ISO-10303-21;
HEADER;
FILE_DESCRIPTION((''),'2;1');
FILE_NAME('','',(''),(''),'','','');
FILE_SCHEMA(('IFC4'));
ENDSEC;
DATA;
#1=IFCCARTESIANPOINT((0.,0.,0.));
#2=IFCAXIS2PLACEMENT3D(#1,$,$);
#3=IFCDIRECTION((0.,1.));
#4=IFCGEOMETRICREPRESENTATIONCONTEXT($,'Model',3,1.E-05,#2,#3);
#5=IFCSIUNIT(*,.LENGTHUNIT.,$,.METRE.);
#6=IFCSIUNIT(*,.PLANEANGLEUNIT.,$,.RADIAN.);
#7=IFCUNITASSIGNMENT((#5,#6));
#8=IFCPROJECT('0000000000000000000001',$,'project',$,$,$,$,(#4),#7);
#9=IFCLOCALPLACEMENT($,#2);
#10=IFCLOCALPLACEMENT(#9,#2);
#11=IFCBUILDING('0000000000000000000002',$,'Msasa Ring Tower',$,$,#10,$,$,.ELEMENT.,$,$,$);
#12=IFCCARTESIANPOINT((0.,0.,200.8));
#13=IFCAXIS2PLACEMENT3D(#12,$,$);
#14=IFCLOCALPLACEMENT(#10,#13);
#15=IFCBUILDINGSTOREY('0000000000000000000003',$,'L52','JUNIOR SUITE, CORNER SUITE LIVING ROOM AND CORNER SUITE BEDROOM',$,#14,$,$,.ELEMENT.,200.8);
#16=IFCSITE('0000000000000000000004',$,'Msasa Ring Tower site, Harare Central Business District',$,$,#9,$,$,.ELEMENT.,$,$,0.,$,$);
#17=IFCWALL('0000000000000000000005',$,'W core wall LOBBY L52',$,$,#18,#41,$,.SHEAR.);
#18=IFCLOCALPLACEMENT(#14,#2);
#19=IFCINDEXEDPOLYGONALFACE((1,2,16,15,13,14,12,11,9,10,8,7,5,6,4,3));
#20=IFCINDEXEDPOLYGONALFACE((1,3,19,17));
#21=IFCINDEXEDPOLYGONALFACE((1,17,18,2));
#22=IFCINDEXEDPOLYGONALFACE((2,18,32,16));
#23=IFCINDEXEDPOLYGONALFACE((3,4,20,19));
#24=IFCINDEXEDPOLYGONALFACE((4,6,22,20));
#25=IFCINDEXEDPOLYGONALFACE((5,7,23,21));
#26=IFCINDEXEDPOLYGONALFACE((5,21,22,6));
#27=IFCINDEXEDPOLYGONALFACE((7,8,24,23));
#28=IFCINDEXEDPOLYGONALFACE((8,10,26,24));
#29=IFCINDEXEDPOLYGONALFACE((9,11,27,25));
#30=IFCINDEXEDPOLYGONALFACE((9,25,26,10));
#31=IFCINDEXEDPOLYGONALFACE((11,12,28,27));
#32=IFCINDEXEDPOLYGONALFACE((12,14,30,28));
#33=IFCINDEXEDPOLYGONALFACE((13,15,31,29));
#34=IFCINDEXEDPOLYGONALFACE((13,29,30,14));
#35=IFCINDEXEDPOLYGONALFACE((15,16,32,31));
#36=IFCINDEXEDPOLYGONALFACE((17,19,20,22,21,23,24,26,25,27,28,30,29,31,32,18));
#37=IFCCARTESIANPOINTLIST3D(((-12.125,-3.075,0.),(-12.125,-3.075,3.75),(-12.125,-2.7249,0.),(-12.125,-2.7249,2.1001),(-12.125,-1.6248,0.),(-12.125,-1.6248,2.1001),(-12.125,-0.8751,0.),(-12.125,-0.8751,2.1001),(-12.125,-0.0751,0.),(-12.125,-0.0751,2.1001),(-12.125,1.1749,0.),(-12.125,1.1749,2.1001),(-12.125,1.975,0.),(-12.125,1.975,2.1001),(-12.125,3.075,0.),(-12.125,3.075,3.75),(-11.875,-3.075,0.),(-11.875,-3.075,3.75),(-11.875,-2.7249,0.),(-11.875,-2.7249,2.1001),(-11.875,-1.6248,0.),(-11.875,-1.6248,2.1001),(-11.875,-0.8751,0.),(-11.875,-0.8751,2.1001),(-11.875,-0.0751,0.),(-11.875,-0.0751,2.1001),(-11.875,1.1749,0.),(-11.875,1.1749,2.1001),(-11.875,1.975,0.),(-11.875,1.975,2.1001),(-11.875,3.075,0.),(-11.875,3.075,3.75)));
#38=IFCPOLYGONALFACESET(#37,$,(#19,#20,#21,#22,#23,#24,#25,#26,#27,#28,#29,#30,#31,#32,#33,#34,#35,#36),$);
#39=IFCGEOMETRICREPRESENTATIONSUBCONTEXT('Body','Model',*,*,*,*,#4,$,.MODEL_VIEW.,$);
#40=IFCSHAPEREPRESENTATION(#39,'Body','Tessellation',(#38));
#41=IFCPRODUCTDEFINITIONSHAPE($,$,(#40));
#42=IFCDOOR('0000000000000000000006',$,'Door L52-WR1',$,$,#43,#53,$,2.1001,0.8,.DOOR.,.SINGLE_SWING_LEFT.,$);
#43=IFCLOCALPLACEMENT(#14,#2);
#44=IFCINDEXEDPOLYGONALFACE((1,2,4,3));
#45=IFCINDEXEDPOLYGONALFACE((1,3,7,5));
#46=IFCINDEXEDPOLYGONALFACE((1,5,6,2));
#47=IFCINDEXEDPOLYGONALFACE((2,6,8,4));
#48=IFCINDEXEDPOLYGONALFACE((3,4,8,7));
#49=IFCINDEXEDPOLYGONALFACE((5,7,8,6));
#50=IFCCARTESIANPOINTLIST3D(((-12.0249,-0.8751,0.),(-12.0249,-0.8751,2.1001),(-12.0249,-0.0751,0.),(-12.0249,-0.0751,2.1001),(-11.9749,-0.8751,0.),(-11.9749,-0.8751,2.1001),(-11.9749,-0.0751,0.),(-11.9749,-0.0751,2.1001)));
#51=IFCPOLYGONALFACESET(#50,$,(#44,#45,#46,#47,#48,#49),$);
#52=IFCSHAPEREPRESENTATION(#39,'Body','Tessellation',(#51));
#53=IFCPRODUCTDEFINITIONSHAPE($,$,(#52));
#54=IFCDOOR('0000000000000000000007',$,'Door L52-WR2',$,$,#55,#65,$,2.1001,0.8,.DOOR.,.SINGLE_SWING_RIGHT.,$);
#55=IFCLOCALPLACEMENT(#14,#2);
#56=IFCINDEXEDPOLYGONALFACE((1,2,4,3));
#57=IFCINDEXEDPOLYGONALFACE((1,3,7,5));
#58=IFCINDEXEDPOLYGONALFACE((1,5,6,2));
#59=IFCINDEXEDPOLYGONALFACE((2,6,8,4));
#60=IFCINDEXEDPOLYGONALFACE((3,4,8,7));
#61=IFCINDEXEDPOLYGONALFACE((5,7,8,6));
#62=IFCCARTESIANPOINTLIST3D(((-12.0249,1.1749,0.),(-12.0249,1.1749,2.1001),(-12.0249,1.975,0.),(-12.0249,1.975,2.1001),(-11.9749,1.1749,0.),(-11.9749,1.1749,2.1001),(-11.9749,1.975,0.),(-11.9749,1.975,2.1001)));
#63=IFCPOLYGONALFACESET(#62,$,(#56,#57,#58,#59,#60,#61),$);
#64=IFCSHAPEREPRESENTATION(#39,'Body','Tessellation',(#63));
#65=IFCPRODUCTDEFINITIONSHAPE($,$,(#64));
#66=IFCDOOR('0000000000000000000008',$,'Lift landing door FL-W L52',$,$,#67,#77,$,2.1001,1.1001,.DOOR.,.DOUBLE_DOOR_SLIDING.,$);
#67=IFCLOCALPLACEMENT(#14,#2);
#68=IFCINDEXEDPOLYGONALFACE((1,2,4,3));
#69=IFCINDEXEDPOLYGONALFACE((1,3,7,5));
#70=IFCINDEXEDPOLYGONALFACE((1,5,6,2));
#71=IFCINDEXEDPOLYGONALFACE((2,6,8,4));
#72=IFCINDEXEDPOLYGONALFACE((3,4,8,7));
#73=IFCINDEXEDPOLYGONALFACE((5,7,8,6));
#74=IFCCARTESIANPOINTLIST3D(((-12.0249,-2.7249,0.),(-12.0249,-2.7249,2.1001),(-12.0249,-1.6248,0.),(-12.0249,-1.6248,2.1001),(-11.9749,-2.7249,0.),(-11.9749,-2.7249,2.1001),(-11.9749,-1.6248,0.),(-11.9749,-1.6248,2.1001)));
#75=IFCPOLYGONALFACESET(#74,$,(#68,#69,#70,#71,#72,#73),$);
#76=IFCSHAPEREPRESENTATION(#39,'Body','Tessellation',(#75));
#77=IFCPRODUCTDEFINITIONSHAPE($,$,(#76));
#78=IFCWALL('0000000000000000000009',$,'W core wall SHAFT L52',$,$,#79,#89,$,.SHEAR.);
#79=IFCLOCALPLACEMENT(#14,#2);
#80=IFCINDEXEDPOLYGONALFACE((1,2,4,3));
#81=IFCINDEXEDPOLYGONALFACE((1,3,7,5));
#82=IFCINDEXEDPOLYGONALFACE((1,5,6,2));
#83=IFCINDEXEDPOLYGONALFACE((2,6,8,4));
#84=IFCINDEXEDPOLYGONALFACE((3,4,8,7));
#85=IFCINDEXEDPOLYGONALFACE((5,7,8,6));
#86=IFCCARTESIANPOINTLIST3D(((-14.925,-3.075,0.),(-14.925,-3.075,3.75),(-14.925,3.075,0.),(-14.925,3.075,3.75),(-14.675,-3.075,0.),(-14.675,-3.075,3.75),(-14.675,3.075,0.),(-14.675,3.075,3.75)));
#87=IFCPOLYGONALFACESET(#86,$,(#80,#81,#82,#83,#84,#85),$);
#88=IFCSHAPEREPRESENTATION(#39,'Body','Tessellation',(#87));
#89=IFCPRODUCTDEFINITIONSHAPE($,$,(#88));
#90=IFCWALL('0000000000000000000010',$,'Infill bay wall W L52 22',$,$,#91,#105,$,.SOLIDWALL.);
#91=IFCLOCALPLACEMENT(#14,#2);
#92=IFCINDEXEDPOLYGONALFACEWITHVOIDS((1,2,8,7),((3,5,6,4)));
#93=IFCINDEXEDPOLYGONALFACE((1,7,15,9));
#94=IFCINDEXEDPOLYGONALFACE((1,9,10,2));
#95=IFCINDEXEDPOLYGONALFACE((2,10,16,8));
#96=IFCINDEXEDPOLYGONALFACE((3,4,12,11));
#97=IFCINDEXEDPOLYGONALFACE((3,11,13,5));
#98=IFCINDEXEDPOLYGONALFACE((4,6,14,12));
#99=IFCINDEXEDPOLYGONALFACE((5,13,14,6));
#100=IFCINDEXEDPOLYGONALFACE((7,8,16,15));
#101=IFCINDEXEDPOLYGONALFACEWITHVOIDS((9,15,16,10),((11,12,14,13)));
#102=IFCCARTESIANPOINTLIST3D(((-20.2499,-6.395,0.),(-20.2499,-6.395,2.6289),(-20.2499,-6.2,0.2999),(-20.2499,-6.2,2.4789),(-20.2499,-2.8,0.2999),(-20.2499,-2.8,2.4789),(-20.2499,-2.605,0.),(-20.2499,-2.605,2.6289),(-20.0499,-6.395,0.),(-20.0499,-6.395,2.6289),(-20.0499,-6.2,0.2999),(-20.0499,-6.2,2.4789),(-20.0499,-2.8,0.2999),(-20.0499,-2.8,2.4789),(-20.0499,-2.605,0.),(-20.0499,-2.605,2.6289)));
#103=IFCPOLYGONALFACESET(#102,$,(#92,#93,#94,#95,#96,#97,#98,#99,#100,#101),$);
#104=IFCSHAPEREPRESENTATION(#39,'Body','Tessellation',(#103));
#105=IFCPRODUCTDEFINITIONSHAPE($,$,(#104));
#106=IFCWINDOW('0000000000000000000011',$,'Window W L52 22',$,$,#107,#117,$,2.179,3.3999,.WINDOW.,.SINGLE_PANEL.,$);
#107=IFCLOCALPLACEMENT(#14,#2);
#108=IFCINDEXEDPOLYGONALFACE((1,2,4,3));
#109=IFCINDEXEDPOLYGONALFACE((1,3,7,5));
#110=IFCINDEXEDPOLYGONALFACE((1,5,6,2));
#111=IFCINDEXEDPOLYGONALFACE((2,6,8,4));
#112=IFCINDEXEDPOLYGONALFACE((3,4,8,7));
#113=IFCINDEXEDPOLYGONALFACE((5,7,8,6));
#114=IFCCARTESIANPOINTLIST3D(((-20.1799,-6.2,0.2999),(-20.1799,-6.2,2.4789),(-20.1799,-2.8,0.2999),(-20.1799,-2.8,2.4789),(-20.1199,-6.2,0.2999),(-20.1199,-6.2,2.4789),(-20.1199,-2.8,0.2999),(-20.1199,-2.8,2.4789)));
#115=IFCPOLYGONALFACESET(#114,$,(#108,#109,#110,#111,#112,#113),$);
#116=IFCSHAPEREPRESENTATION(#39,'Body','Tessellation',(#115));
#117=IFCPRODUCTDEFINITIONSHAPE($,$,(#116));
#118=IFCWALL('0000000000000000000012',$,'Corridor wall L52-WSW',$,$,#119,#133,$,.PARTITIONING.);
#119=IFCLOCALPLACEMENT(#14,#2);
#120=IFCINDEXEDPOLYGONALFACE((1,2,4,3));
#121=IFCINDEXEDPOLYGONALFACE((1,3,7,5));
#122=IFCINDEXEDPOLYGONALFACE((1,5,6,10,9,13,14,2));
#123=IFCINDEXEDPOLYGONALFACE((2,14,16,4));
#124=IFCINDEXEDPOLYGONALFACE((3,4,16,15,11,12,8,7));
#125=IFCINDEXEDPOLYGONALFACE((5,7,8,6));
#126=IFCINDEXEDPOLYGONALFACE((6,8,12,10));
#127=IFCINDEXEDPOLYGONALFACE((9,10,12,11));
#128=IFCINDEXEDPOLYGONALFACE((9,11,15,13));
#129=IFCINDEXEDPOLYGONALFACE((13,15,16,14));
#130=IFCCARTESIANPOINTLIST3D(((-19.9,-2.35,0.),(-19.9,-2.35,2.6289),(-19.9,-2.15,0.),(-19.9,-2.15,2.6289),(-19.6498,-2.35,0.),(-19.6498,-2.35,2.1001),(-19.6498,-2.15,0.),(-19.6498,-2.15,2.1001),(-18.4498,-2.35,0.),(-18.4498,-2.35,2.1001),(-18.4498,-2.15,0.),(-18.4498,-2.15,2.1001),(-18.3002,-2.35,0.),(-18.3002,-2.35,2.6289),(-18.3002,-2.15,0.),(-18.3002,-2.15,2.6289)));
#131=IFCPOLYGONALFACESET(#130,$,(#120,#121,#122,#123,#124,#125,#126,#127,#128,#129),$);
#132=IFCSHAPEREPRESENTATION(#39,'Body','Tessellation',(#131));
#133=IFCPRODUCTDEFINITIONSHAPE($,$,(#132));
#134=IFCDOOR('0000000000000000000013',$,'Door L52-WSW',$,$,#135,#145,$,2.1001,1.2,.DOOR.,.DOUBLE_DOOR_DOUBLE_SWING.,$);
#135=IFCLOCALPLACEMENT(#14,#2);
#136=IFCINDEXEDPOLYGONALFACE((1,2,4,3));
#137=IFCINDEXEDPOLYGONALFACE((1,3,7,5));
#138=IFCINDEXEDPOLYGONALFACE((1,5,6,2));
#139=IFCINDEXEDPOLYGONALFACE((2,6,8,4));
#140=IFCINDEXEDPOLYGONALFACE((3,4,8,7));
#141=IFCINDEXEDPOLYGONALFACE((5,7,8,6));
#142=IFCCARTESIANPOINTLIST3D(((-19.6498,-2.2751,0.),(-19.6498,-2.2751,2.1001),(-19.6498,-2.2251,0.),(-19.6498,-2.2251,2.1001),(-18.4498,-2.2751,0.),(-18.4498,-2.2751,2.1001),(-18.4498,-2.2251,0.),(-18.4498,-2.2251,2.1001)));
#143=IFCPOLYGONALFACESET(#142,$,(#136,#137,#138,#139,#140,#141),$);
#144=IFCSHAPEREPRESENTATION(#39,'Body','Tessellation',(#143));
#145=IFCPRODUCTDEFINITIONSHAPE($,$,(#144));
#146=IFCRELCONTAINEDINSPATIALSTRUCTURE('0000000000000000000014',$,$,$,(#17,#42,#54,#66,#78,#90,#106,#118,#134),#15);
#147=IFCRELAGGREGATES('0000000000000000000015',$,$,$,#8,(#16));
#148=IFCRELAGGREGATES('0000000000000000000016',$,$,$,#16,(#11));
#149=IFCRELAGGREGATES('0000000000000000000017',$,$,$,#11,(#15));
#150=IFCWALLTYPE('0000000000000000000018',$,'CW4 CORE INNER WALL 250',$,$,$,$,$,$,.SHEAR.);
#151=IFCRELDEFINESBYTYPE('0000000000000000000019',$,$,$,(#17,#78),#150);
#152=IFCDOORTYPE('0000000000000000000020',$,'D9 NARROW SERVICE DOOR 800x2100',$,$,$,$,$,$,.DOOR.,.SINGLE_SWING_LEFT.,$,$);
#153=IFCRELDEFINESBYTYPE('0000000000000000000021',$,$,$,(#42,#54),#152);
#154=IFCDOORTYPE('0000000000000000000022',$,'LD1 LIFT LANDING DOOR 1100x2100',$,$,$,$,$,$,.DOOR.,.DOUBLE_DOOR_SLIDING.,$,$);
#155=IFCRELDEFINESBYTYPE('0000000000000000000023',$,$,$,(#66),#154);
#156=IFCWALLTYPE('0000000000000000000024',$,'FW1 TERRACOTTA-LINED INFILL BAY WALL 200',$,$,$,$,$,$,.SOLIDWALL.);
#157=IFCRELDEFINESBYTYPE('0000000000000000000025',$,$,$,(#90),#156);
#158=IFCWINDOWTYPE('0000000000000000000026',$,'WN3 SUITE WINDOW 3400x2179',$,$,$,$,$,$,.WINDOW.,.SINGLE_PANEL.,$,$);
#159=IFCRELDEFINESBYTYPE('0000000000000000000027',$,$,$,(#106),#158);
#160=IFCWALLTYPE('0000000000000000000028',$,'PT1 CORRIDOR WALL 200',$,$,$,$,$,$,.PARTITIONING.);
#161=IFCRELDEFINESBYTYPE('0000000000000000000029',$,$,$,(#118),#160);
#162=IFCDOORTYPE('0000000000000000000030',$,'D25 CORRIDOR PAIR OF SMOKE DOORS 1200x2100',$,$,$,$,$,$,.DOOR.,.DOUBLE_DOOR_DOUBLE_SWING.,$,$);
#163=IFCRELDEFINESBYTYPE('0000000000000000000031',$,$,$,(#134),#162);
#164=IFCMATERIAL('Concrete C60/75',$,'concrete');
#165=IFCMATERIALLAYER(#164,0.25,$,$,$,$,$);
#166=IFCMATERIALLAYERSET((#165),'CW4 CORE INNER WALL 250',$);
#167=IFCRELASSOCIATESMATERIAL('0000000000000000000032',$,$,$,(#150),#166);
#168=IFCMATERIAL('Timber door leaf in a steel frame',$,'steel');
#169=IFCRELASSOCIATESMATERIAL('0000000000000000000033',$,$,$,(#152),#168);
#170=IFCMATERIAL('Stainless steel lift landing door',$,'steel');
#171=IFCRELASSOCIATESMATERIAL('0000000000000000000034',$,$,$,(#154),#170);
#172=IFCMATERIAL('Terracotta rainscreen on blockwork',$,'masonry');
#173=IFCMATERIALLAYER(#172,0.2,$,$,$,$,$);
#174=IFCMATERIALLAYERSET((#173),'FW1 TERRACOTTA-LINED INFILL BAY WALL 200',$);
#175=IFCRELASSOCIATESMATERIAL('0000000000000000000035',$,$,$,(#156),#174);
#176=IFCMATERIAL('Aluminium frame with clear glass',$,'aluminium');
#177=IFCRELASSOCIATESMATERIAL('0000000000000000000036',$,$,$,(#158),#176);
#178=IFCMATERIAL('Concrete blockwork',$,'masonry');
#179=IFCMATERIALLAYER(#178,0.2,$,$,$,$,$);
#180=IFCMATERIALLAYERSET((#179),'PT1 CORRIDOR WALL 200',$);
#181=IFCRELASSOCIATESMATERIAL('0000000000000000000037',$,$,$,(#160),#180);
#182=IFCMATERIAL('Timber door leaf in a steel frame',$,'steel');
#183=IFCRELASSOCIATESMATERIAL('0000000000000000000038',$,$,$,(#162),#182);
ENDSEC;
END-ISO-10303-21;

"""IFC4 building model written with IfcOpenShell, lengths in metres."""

from ifc_helpers import new_model, si_unit, direction, frame, frame_2d, origin, place, context, subcontext, project, spatial, rectangle, extrude, material, layer, layer_set, type_object, element, fill, save


model = new_model("IFC4")

# Units and contexts
model_context = context("Model", 3, precision=1e-05, world=origin(), true_north=direction((0.0, 1.0)))
body_context = subcontext(model_context, "Body", "Model", "MODEL_VIEW")
ifc_project = project(units=[si_unit("LENGTHUNIT", "METRE"), si_unit("PLANEANGLEUNIT", "RADIAN")], contexts=[model_context])

# Site, building, storey
site_placement = place(None, origin())
site = spatial("IfcSite", under=ifc_project, at=site_placement, Name="Msasa Ring Tower site, Harare Central Business District", CompositionType="ELEMENT", RefElevation=0.0)
building_placement = place(site_placement, origin())
building = spatial("IfcBuilding", under=site, at=building_placement, Name="Msasa Ring Tower", CompositionType="ELEMENT")
storey_placement = place(building_placement, frame((0.0, 0.0, 200.8)))
storey = spatial("IfcBuildingStorey", under=building, at=storey_placement, Name="L52", Description="JUNIOR SUITE, CORNER SUITE LIVING ROOM AND CORNER SUITE BEDROOM", CompositionType="ELEMENT", Elevation=200.8)

# Shared definitions
ifc_material_1 = material(Name="Concrete C60/75", Category="concrete")
ifc_layer_1 = layer(ifc_material_1, 0.25)
ifc_layer_set_1 = layer_set([ifc_layer_1], Name="CW4 CORE INNER WALL 250")
wall_type_1 = type_object("IfcWallType", Name="CW4 CORE INNER WALL 250", PredefinedType="SHEAR", material=ifc_layer_set_1)

# Wall, openings, doors
wall_1_placement = place(storey_placement, frame((-12.0, -3.075, 0.0), z_axis=(0.0, 0.0, 1.0), x_axis=(0.0, 1.0, 0.0)))
wall_1 = element("IfcWall", 1, at=wall_1_placement, inside=storey, type_object=wall_type_1, Name="W core wall LOBBY L52", PredefinedType="SHEAR", context=body_context, shape_type="SweptSolid", body=[
    extrude(rectangle(XDim=6.1499, YDim=0.25, at=frame_2d((3.075, 0.0))), origin(), (0.0, 0.0, 1.0), 3.75),
])
opening_1_placement = place(wall_1_placement, frame((2.2, 0.0, 0.0)))
opening_1 = element("IfcOpeningElement", 2, at=opening_1_placement, cuts=wall_1, PredefinedType="OPENING", context=body_context, shape_type="SweptSolid", body=[
    extrude(rectangle(XDim=0.8, YDim=2.1001, at=frame_2d((0.3999, 1.05))), frame((0.0, 0.135, 0.0), z_axis=(0.0, -1.0, 0.0), x_axis=(1.0, 0.0, 0.0)), (0.0, 0.0, 1.0), 0.27),
])
opening_2_placement = place(wall_1_placement, frame((4.25, 0.0, 0.0)))
opening_2 = element("IfcOpeningElement", 3, at=opening_2_placement, cuts=wall_1, PredefinedType="OPENING", context=body_context, shape_type="SweptSolid", body=[
    extrude(rectangle(XDim=0.8, YDim=2.1001, at=frame_2d((0.3999, 1.05))), frame((0.0, 0.135, 0.0), z_axis=(0.0, -1.0, 0.0), x_axis=(1.0, 0.0, 0.0)), (0.0, 0.0, 1.0), 0.27),
])
opening_3_placement = place(wall_1_placement, frame((0.3501, 0.0, 0.0)))
opening_3 = element("IfcOpeningElement", 4, at=opening_3_placement, cuts=wall_1, PredefinedType="OPENING", context=body_context, shape_type="SweptSolid", body=[
    extrude(rectangle(XDim=1.1001, YDim=2.1001, at=frame_2d((0.55, 1.05))), frame((0.0, 0.135, 0.0), z_axis=(0.0, -1.0, 0.0), x_axis=(1.0, 0.0, 0.0)), (0.0, 0.0, 1.0), 0.27),
])
ifc_material_2 = material(Name="Timber door leaf in a steel frame", Category="steel")
door_type_1 = type_object("IfcDoorType", Name="D9 NARROW SERVICE DOOR 800x2100", OperationType="SINGLE_SWING_LEFT", PredefinedType="DOOR", material=ifc_material_2)
door_1_placement = place(opening_1_placement, origin())
door_1 = element("IfcDoor", 5, at=door_1_placement, inside=storey, type_object=door_type_1, Name="Door L52-WR1", OperationType="SINGLE_SWING_LEFT", OverallHeight=2.1001, OverallWidth=0.8, PredefinedType="DOOR", context=body_context, shape_type="SweptSolid", body=[
    extrude(rectangle(XDim=0.8, YDim=2.1001, at=frame_2d((0.3999, 1.05))), frame((0.0, 0.0249, 0.0), z_axis=(0.0, -1.0, 0.0), x_axis=(1.0, 0.0, 0.0)), (0.0, 0.0, 1.0), 0.05),
])
fill(opening_1, door_1)
door_2_placement = place(opening_2_placement, origin())
door_2 = element("IfcDoor", 6, at=door_2_placement, inside=storey, type_object=door_type_1, Name="Door L52-WR2", OperationType="SINGLE_SWING_RIGHT", OverallHeight=2.1001, OverallWidth=0.8, PredefinedType="DOOR", context=body_context, shape_type="SweptSolid", body=[
    extrude(rectangle(XDim=0.8, YDim=2.1001, at=frame_2d((0.3999, 1.05))), frame((0.0, 0.0249, 0.0), z_axis=(0.0, -1.0, 0.0), x_axis=(1.0, 0.0, 0.0)), (0.0, 0.0, 1.0), 0.05),
])
fill(opening_2, door_2)
ifc_material_3 = material(Name="Stainless steel lift landing door", Category="steel")
door_type_2 = type_object("IfcDoorType", Name="LD1 LIFT LANDING DOOR 1100x2100", OperationType="DOUBLE_DOOR_SLIDING", PredefinedType="DOOR", material=ifc_material_3)
door_3_placement = place(opening_3_placement, origin())
door_3 = element("IfcDoor", 7, at=door_3_placement, inside=storey, type_object=door_type_2, Name="Lift landing door FL-W L52", OperationType="DOUBLE_DOOR_SLIDING", OverallHeight=2.1001, OverallWidth=1.1001, PredefinedType="DOOR", context=body_context, shape_type="SweptSolid", body=[
    extrude(rectangle(XDim=1.1001, YDim=2.1001, at=frame_2d((0.55, 1.05))), frame((0.0, 0.0249, 0.0), z_axis=(0.0, -1.0, 0.0), x_axis=(1.0, 0.0, 0.0)), (0.0, 0.0, 1.0), 0.05),
])
fill(opening_3, door_3)

# Wall
wall_2_placement = place(storey_placement, frame((-14.8, -3.075, 0.0), z_axis=(0.0, 0.0, 1.0), x_axis=(0.0, 1.0, 0.0)))
element("IfcWall", 8, at=wall_2_placement, inside=storey, type_object=wall_type_1, Name="W core wall SHAFT L52", PredefinedType="SHEAR", context=body_context, shape_type="SweptSolid", body=[
    extrude(rectangle(XDim=6.1499, YDim=0.25, at=frame_2d((3.075, 0.0))), origin(), (0.0, 0.0, 1.0), 3.75),
])

# Wall, opening, window
ifc_material_4 = material(Name="Terracotta rainscreen on blockwork", Category="masonry")
ifc_layer_2 = layer(ifc_material_4, 0.2)
ifc_layer_set_2 = layer_set([ifc_layer_2], Name="FW1 TERRACOTTA-LINED INFILL BAY WALL 200")
wall_type_2 = type_object("IfcWallType", Name="FW1 TERRACOTTA-LINED INFILL BAY WALL 200", PredefinedType="SOLIDWALL", material=ifc_layer_set_2)
wall_3_placement = place(storey_placement, frame((-20.1499, -6.395, 0.0), z_axis=(0.0, 0.0, 1.0), x_axis=(0.0, 1.0, 0.0)))
wall_3 = element("IfcWall", 9, at=wall_3_placement, inside=storey, type_object=wall_type_2, Name="Infill bay wall W L52 22", PredefinedType="SOLIDWALL", context=body_context, shape_type="SweptSolid", body=[
    extrude(rectangle(XDim=3.79, YDim=0.2, at=frame_2d((1.895, 0.0))), origin(), (0.0, 0.0, 1.0), 2.6289),
])
opening_4_placement = place(wall_3_placement, frame((0.1951, 0.0, 0.3)))
opening_4 = element("IfcOpeningElement", 10, at=opening_4_placement, cuts=wall_3, PredefinedType="OPENING", context=body_context, shape_type="SweptSolid", body=[
    extrude(rectangle(XDim=3.3999, YDim=2.179, at=frame_2d((1.7, 1.0894))), frame((0.0, 0.1099, 0.0), z_axis=(0.0, -1.0, 0.0), x_axis=(1.0, 0.0, 0.0)), (0.0, 0.0, 1.0), 0.22),
])
ifc_material_5 = material(Name="Aluminium frame with clear glass", Category="aluminium")
window_type = type_object("IfcWindowType", Name="WN3 SUITE WINDOW 3400x2179", PartitioningType="SINGLE_PANEL", PredefinedType="WINDOW", material=ifc_material_5)
window_placement = place(opening_4_placement, origin())
window = element("IfcWindow", 11, at=window_placement, inside=storey, type_object=window_type, Name="Window W L52 22", OverallHeight=2.179, OverallWidth=3.3999, PartitioningType="SINGLE_PANEL", PredefinedType="WINDOW", context=body_context, shape_type="SweptSolid", body=[
    extrude(rectangle(XDim=3.3999, YDim=2.179, at=frame_2d((1.7, 1.0894))), frame((0.0, 0.03, 0.0), z_axis=(0.0, -1.0, 0.0), x_axis=(1.0, 0.0, 0.0)), (0.0, 0.0, 1.0), 0.0601),
])
fill(opening_4, window)

# Wall, opening, door
ifc_material_6 = material(Name="Concrete blockwork", Category="masonry")
ifc_layer_3 = layer(ifc_material_6, 0.2)
ifc_layer_set_3 = layer_set([ifc_layer_3], Name="PT1 CORRIDOR WALL 200")
wall_type_3 = type_object("IfcWallType", Name="PT1 CORRIDOR WALL 200", PredefinedType="PARTITIONING", material=ifc_layer_set_3)
wall_4_placement = place(storey_placement, frame((-19.8999, -2.25, 0.0), z_axis=(0.0, 0.0, 1.0), x_axis=(1.0, 0.0, 0.0)))
wall_4 = element("IfcWall", 12, at=wall_4_placement, inside=storey, type_object=wall_type_3, Name="Corridor wall L52-WSW", PredefinedType="PARTITIONING", context=body_context, shape_type="SweptSolid", body=[
    extrude(rectangle(XDim=1.5999, YDim=0.2, at=frame_2d((0.7998, 0.0))), origin(), (0.0, 0.0, 1.0), 2.6289),
])
opening_5_placement = place(wall_4_placement, frame((0.25, 0.0, 0.0)))
opening_5 = element("IfcOpeningElement", 13, at=opening_5_placement, cuts=wall_4, PredefinedType="OPENING", context=body_context, shape_type="SweptSolid", body=[
    extrude(rectangle(XDim=1.2, YDim=2.1001, at=frame_2d((0.6001, 1.05))), frame((0.0, 0.1099, 0.0), z_axis=(0.0, -1.0, 0.0), x_axis=(1.0, 0.0, 0.0)), (0.0, 0.0, 1.0), 0.22),
])
ifc_material_7 = material(Name="Timber door leaf in a steel frame", Category="steel")
door_type_3 = type_object("IfcDoorType", Name="D25 CORRIDOR PAIR OF SMOKE DOORS 1200x2100", OperationType="DOUBLE_DOOR_DOUBLE_SWING", PredefinedType="DOOR", material=ifc_material_7)
door_4_placement = place(opening_5_placement, origin())
door_4 = element("IfcDoor", 14, at=door_4_placement, inside=storey, type_object=door_type_3, Name="Door L52-WSW", OperationType="DOUBLE_DOOR_DOUBLE_SWING", OverallHeight=2.1001, OverallWidth=1.2, PredefinedType="DOOR", context=body_context, shape_type="SweptSolid", body=[
    extrude(rectangle(XDim=1.2, YDim=2.1001, at=frame_2d((0.6001, 1.05))), frame((0.0, 0.0249, 0.0), z_axis=(0.0, -1.0, 0.0), x_axis=(1.0, 0.0, 0.0)), (0.0, 0.0, 1.0), 0.05),
])
fill(opening_5, door_4)

save(model, "model.ifc")
